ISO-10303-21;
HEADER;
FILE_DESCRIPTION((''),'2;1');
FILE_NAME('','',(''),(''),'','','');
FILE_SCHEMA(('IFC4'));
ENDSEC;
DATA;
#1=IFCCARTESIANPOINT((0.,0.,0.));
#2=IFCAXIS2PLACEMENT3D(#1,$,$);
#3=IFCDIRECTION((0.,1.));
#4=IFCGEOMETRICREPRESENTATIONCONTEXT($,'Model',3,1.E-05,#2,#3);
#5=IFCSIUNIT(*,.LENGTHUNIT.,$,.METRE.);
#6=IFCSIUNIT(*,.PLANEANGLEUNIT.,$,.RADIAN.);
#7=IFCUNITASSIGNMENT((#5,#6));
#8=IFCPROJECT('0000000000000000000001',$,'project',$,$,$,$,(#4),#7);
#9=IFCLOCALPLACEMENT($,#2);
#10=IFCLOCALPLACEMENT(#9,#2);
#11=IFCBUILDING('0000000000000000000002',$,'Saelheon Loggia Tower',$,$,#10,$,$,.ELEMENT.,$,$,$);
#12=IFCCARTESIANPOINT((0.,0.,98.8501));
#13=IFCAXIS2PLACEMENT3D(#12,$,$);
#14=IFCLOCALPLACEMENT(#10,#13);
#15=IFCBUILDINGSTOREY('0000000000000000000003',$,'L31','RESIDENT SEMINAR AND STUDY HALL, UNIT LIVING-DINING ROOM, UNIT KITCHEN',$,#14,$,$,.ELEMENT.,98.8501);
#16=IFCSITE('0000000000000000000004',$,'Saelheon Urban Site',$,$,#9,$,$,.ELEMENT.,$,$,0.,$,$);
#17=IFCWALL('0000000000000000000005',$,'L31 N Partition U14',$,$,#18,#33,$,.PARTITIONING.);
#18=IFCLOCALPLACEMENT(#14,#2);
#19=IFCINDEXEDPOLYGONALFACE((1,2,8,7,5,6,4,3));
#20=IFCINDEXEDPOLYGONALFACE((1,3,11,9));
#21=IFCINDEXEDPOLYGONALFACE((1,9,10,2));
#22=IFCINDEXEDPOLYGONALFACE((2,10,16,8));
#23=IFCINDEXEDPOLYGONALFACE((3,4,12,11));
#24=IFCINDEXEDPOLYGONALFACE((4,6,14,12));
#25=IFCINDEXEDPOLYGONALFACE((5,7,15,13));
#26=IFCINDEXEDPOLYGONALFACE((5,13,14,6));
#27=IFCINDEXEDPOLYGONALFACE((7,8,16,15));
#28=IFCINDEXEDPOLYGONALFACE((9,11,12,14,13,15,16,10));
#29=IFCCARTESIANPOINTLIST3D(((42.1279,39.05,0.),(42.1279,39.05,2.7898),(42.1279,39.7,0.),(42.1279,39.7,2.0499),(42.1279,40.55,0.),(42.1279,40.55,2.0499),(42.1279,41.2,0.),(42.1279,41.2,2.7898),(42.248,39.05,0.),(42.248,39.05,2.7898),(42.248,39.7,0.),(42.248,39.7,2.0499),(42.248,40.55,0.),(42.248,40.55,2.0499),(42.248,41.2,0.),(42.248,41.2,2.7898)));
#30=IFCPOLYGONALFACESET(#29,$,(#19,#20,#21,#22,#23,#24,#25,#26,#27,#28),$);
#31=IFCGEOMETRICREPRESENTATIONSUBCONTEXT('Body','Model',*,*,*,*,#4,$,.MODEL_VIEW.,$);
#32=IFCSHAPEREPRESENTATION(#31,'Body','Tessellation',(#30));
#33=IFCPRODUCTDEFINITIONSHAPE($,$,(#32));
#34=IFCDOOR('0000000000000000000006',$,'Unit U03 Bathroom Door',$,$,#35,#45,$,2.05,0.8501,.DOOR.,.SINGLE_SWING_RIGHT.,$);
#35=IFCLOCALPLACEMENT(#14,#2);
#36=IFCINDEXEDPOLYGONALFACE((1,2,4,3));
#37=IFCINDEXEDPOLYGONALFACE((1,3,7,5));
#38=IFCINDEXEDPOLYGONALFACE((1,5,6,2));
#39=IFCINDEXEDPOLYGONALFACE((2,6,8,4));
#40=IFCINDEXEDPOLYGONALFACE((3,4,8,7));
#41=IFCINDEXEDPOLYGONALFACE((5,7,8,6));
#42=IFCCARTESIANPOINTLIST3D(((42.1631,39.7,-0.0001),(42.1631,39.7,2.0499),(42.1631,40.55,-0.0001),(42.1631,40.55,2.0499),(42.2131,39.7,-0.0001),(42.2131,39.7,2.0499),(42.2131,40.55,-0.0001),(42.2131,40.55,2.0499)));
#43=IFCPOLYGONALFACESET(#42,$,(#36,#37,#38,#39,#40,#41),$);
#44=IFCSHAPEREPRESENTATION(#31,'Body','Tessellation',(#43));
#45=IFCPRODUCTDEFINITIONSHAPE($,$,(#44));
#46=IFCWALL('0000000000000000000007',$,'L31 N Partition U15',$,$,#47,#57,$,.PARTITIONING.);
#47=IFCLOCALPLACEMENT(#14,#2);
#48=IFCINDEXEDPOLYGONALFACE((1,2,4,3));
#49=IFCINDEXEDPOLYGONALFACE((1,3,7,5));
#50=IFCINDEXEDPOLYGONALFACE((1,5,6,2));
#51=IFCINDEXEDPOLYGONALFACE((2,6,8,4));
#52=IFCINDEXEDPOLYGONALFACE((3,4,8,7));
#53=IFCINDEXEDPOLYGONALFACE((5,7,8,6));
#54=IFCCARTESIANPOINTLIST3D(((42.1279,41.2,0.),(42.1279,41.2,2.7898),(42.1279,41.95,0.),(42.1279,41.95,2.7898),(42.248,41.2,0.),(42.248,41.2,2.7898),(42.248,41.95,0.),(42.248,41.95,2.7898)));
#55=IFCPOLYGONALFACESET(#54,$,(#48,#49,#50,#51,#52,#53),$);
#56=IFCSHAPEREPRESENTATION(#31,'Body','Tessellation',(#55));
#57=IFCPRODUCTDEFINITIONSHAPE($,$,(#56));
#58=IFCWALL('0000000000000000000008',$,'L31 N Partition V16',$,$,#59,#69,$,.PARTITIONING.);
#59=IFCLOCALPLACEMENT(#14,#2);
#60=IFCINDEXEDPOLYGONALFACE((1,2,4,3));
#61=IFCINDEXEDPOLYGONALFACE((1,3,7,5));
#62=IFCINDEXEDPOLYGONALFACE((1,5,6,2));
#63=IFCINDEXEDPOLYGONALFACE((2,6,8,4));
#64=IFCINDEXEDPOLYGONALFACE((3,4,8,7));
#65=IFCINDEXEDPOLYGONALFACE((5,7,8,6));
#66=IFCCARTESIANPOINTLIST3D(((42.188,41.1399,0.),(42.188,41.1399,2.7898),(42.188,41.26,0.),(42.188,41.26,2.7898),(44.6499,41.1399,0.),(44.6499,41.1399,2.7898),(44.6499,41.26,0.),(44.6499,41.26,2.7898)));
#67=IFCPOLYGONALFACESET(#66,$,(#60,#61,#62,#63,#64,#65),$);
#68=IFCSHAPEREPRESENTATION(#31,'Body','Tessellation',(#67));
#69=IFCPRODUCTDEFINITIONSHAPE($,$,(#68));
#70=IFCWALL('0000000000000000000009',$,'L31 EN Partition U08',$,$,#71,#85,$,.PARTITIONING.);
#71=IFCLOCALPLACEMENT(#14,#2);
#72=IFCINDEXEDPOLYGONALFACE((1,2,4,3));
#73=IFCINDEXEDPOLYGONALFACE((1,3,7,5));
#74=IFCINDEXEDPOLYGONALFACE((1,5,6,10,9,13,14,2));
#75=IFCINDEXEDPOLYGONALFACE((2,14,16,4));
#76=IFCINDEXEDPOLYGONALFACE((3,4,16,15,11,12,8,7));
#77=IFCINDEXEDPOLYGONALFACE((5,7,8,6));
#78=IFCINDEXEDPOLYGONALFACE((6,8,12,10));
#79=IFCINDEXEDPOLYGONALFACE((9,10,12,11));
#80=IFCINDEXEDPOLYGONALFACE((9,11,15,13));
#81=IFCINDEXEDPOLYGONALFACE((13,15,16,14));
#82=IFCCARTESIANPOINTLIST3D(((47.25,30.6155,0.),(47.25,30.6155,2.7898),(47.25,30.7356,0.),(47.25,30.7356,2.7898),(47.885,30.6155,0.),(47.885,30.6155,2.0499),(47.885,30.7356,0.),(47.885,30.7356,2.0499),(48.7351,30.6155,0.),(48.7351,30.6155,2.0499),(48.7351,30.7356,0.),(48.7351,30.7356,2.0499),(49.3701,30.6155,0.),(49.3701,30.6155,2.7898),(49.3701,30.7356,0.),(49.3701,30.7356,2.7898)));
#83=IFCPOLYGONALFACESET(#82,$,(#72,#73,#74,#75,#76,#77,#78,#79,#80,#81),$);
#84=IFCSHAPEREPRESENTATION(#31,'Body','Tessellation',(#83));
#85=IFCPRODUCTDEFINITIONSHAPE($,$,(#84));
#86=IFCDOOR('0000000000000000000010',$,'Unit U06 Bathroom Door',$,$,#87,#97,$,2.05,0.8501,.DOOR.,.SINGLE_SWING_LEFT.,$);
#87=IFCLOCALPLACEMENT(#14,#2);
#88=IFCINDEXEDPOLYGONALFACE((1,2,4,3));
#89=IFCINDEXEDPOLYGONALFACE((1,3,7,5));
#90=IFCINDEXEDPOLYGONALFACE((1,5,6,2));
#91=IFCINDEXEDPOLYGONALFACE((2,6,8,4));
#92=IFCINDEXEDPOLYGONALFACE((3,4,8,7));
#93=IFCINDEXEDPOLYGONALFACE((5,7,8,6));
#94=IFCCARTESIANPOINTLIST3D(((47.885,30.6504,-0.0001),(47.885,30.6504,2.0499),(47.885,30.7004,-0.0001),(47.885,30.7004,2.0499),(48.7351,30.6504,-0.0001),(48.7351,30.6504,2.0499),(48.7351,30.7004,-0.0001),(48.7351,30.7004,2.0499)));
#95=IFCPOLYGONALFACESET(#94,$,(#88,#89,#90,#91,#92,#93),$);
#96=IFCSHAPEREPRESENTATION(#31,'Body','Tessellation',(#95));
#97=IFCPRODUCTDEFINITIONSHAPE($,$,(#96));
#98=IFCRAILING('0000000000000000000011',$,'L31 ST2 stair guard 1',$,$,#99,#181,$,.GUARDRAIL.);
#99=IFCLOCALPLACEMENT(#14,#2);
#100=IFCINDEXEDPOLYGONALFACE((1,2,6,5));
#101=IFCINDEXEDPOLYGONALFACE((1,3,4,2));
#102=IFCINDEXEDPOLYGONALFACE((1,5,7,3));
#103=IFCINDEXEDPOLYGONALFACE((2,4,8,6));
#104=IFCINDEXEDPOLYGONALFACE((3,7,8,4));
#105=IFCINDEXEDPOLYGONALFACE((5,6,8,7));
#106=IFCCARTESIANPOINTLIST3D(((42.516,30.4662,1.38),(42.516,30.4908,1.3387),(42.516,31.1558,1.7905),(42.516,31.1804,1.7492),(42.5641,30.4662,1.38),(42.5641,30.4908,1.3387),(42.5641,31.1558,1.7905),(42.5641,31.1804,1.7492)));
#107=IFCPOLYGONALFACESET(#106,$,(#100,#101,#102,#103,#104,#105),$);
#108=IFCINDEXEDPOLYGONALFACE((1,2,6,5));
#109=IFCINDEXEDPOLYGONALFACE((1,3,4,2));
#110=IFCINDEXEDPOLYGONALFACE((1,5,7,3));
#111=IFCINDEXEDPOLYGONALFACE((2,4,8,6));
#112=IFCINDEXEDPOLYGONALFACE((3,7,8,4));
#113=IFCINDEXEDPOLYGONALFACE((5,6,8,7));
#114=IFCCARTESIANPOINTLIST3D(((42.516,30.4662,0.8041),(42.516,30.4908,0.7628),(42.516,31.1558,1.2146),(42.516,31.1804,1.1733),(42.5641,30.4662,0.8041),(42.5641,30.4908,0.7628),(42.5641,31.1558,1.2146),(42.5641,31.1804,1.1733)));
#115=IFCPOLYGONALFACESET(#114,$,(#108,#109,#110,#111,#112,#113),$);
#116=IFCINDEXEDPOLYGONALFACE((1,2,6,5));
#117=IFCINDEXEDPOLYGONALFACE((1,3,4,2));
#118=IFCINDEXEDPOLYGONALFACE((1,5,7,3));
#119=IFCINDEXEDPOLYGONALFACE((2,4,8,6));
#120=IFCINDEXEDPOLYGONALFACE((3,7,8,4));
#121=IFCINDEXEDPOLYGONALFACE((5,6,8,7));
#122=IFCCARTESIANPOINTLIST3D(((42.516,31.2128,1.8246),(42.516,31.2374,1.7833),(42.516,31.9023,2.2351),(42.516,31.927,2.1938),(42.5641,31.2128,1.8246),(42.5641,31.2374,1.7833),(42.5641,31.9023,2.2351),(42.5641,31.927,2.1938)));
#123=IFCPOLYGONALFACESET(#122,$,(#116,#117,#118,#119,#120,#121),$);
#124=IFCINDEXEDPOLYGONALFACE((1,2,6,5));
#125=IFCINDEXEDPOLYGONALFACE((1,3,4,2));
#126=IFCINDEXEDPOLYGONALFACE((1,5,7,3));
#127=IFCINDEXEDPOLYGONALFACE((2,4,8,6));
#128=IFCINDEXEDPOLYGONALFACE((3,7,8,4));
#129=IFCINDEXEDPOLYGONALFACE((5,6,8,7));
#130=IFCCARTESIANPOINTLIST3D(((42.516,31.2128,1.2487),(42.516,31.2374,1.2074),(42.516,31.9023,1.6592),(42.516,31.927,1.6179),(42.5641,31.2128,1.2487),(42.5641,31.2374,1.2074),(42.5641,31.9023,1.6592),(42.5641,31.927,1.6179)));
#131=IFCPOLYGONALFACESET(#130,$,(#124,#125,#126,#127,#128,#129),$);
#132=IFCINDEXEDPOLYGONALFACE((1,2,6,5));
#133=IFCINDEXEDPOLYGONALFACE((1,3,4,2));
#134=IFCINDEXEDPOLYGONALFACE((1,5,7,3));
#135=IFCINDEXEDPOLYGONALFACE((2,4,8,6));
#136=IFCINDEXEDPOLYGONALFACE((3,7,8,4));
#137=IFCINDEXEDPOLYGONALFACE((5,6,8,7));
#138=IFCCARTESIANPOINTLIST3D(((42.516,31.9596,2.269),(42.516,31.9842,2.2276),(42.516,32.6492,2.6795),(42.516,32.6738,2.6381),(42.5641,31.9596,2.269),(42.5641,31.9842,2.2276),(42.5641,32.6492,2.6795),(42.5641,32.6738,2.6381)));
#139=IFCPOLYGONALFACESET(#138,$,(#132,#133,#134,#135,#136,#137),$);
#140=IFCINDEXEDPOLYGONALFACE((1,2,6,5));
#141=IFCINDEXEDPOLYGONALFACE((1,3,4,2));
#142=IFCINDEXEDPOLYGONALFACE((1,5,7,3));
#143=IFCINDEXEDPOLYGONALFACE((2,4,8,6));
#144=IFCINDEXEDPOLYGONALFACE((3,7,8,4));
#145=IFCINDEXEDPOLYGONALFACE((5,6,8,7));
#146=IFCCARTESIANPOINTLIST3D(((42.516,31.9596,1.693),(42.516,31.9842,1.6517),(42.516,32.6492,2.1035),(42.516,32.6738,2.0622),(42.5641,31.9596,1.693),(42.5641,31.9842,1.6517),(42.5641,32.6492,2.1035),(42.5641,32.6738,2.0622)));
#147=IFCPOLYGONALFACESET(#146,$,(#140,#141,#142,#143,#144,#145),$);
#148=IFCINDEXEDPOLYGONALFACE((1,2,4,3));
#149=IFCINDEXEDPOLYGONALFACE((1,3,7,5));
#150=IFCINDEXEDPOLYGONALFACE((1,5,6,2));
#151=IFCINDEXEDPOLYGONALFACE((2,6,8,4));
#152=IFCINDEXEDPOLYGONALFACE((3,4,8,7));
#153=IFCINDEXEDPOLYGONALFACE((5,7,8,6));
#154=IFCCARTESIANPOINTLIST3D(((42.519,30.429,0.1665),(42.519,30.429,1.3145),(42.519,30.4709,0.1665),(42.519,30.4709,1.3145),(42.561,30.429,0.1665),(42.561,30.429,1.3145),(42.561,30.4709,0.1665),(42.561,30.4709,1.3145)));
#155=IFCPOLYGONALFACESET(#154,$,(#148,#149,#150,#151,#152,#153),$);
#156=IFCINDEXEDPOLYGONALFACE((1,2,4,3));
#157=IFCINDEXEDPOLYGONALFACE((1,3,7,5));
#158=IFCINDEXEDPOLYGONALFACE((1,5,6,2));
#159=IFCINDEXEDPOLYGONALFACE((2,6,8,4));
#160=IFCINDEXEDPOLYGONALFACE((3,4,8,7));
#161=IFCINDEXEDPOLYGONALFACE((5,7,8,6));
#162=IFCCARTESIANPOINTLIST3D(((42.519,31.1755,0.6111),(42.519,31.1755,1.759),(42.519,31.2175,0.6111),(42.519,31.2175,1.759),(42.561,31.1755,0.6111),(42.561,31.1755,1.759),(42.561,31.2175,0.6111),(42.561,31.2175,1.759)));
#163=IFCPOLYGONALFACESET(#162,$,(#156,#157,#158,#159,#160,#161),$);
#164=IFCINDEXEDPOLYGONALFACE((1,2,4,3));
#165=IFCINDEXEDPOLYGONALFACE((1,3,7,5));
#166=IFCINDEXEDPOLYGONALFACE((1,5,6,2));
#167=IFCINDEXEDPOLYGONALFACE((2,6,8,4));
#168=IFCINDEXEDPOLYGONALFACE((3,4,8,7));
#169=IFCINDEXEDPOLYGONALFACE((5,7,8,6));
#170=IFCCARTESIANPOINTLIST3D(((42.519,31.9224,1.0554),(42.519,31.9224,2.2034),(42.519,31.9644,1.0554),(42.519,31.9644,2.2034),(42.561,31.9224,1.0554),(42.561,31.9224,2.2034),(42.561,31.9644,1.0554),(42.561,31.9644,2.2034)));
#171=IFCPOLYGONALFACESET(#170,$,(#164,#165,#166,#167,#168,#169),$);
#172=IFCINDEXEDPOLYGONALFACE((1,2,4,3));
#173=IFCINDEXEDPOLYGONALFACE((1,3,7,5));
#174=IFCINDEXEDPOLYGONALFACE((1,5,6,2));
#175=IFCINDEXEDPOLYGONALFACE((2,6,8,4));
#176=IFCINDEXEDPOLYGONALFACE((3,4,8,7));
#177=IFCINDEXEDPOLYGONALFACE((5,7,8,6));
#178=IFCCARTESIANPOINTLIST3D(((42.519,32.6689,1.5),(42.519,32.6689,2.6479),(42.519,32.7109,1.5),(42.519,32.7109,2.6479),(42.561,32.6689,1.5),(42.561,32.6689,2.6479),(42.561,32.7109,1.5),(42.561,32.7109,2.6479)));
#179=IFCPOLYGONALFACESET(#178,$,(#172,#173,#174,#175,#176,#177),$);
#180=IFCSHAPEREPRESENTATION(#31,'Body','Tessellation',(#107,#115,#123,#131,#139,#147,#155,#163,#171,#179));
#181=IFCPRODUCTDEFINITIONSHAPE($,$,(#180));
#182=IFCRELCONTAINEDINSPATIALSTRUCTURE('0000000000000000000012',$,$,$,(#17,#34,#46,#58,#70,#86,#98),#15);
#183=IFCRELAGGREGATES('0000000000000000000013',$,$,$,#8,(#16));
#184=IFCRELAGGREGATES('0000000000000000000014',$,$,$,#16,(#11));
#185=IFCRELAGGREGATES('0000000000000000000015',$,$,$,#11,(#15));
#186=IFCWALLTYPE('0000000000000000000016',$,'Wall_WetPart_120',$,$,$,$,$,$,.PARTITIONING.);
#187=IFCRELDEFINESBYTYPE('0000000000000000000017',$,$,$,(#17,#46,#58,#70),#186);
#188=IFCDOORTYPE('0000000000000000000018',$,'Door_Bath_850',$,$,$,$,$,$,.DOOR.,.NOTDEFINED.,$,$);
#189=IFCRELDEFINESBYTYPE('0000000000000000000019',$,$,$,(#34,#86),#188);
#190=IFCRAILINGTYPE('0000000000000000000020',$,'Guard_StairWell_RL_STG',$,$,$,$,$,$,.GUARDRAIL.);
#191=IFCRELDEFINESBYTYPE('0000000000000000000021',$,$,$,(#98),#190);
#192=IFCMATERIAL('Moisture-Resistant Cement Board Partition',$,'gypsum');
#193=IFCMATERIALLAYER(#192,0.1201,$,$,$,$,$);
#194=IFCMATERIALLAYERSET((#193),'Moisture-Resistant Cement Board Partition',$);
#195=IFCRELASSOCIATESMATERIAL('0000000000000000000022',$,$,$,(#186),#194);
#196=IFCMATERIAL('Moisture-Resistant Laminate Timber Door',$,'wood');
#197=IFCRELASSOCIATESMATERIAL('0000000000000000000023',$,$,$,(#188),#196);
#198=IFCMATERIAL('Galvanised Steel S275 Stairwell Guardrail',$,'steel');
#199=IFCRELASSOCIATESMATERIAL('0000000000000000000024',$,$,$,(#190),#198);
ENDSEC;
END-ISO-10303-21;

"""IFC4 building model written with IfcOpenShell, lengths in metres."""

from ifc_helpers import new_model, si_unit, direction, frame, frame_2d, origin, origin_2d, place, context, subcontext, project, spatial, rectangle, extrude, source, transform, mapped, material, layer, layer_set, type_object, element, fill, save


model = new_model("IFC4")

# Units and contexts
model_context = context("Model", 3, precision=1e-05, world=origin(), true_north=direction((0.0, 1.0)))
body_context = subcontext(model_context, "Body", "Model", "MODEL_VIEW")
ifc_project = project(units=[si_unit("LENGTHUNIT", "METRE"), si_unit("PLANEANGLEUNIT", "RADIAN")], contexts=[model_context])

# Site, building, storey
site_placement = place(None, origin())
site = spatial("IfcSite", under=ifc_project, at=site_placement, Name="Saelheon Urban Site", CompositionType="ELEMENT", RefElevation=0.0)
building_placement = place(site_placement, origin())
building = spatial("IfcBuilding", under=site, at=building_placement, Name="Saelheon Loggia Tower", CompositionType="ELEMENT")
storey_placement = place(building_placement, frame((0.0, 0.0, 98.8501)))
storey = spatial("IfcBuildingStorey", under=building, at=storey_placement, Name="L31", Description="RESIDENT SEMINAR AND STUDY HALL, UNIT LIVING-DINING ROOM, UNIT KITCHEN", CompositionType="ELEMENT", Elevation=98.8501)

# Wall, opening, door
ifc_material_1 = material(Name="Moisture-Resistant Cement Board Partition", Category="gypsum")
ifc_layer_1 = layer(ifc_material_1, 0.1201)
ifc_layer_set_1 = layer_set([ifc_layer_1], Name="Moisture-Resistant Cement Board Partition")
wall_type_1 = type_object("IfcWallType", Name="Wall_WetPart_120", PredefinedType="PARTITIONING", material=ifc_layer_set_1)
wall_1_placement = place(storey_placement, frame((42.188, 39.05, 0.0), z_axis=(0.0, 0.0, 1.0), x_axis=(0.0, 1.0, 0.0)))
wall_1 = element("IfcWall", 1, at=wall_1_placement, inside=storey, type_object=wall_type_1, Name="L31 N Partition U14", PredefinedType="PARTITIONING", context=body_context, shape_type="SweptSolid", body=[
    extrude(rectangle(XDim=2.1499, YDim=0.1201, at=frame_2d((1.075, 0.0))), origin(), (0.0, 0.0, 1.0), 2.7898),
])
opening_1_placement = place(wall_1_placement, frame((0.6499, 0.0, 0.0)))
opening_1 = element("IfcOpeningElement", 2, at=opening_1_placement, cuts=wall_1, PredefinedType="OPENING", context=body_context, shape_type="SweptSolid", body=[
    extrude(rectangle(XDim=0.8501, YDim=2.05, at=frame_2d((0.425, 1.0249))), frame((0.0, 0.072, 0.0), z_axis=(0.0, -1.0, 0.0), x_axis=(1.0, 0.0, 0.0)), (0.0, 0.0, 1.0), 0.144),
])
ifc_material_2 = material(Name="Moisture-Resistant Laminate Timber Door", Category="wood")
door_type_1 = type_object("IfcDoorType", Name="Door_Bath_850", OperationType="NOTDEFINED", PredefinedType="DOOR", material=ifc_material_2)
shared_shape_1 = source(origin(), body_context, "Body", "SweptSolid", [
    extrude(rectangle(XDim=0.8501, YDim=2.05, at=frame_2d((0.425, 1.0249))), frame((0.0, 0.0249, 0.0), z_axis=(0.0, -1.0, 0.0), x_axis=(1.0, 0.0, 0.0)), (0.0, 0.0, 1.0), 0.05),
])
door_1_placement = place(opening_1_placement, origin())
door_1 = element("IfcDoor", 3, at=door_1_placement, inside=storey, type_object=door_type_1, Name="Unit U03 Bathroom Door", OperationType="SINGLE_SWING_RIGHT", OverallHeight=2.05, OverallWidth=0.8501, PredefinedType="DOOR", context=body_context, shape_type="MappedRepresentation", body=[
    mapped(shared_shape_1, transform((0.0, 0.0, 0.0), scale=1.0)),
])
fill(opening_1, door_1)

# Walls
wall_2_placement = place(storey_placement, frame((42.188, 41.2, 0.0), z_axis=(0.0, 0.0, 1.0), x_axis=(0.0, 1.0, 0.0)))
element("IfcWall", 4, at=wall_2_placement, inside=storey, type_object=wall_type_1, Name="L31 N Partition U15", PredefinedType="PARTITIONING", context=body_context, shape_type="SweptSolid", body=[
    extrude(rectangle(XDim=0.75, YDim=0.1201, at=frame_2d((0.375, 0.0))), origin(), (0.0, 0.0, 1.0), 2.7898),
])
wall_3_placement = place(storey_placement, frame((42.188, 41.2, 0.0), z_axis=(0.0, 0.0, 1.0), x_axis=(1.0, 0.0, 0.0)))
element("IfcWall", 5, at=wall_3_placement, inside=storey, type_object=wall_type_1, Name="L31 N Partition V16", PredefinedType="PARTITIONING", context=body_context, shape_type="SweptSolid", body=[
    extrude(rectangle(XDim=2.4619, YDim=0.1201, at=frame_2d((1.231, 0.0))), origin(), (0.0, 0.0, 1.0), 2.7898),
])

# Wall, opening, door
wall_4_placement = place(storey_placement, frame((47.25, 30.6755, 0.0), z_axis=(0.0, 0.0, 1.0), x_axis=(1.0, 0.0, 0.0)))
wall_4 = element("IfcWall", 6, at=wall_4_placement, inside=storey, type_object=wall_type_1, Name="L31 EN Partition U08", PredefinedType="PARTITIONING", context=body_context, shape_type="SweptSolid", body=[
    extrude(rectangle(XDim=2.1201, YDim=0.1201, at=frame_2d((1.0601, 0.0))), origin(), (0.0, 0.0, 1.0), 2.7898),
])
opening_2_placement = place(wall_4_placement, frame((0.635, 0.0, 0.0)))
opening_2 = element("IfcOpeningElement", 7, at=opening_2_placement, cuts=wall_4, PredefinedType="OPENING", context=body_context, shape_type="SweptSolid", body=[
    extrude(rectangle(XDim=0.8501, YDim=2.05, at=frame_2d((0.425, 1.0249))), frame((0.0, 0.072, 0.0), z_axis=(0.0, -1.0, 0.0), x_axis=(1.0, 0.0, 0.0)), (0.0, 0.0, 1.0), 0.144),
])
door_2_placement = place(opening_2_placement, origin())
door_2 = element("IfcDoor", 8, at=door_2_placement, inside=storey, type_object=door_type_1, Name="Unit U06 Bathroom Door", OperationType="SINGLE_SWING_LEFT", OverallHeight=2.05, OverallWidth=0.8501, PredefinedType="DOOR", context=body_context, shape_type="MappedRepresentation", body=[
    mapped(shared_shape_1, transform((0.0, 0.0, 0.0), scale=1.0)),
])
fill(opening_2, door_2)

# Railing
ifc_material_3 = material(Name="Galvanised Steel S275 Stairwell Guardrail", Category="steel")
railing_type_1 = type_object("IfcRailingType", Name="Guard_StairWell_RL_STG", PredefinedType="GUARDRAIL", material=ifc_material_3)
railing_1_placement = place(storey_placement, frame((42.54, 30.45, 0.1665)))
element("IfcRailing", 9, at=railing_1_placement, inside=storey, type_object=railing_type_1, Name="L31 ST2 stair guard 1", PredefinedType="GUARDRAIL", context=body_context, shape_type="SweptSolid", body=[
    extrude(rectangle(XDim=0.0481, YDim=0.0481, at=origin_2d()), frame((0.0, 0.0286, 1.1929), z_axis=(0.0, 0.859264, 0.511532), x_axis=(-1.0, 0.0, 0.0)), (0.0, 0.0, 1.0), 0.8025),
    extrude(rectangle(XDim=0.0481, YDim=0.0481, at=origin_2d()), frame((0.0, 0.0286, 0.6169), z_axis=(0.0, 0.859264, 0.511532), x_axis=(-1.0, 0.0, 0.0)), (0.0, 0.0, 1.0), 0.8025),
    extrude(rectangle(XDim=0.0481, YDim=0.0481, at=origin_2d()), frame((0.0, 0.7751, 1.6375), z_axis=(0.0, 0.859264, 0.511532), x_axis=(-1.0, 0.0, 0.0)), (0.0, 0.0, 1.0), 0.8025),
    extrude(rectangle(XDim=0.0481, YDim=0.0481, at=origin_2d()), frame((0.0, 0.7751, 1.0615), z_axis=(0.0, 0.859264, 0.511532), x_axis=(-1.0, 0.0, 0.0)), (0.0, 0.0, 1.0), 0.8025),
    extrude(rectangle(XDim=0.0481, YDim=0.0481, at=origin_2d()), frame((0.0, 1.522, 2.0818), z_axis=(0.0, 0.859264, 0.511532), x_axis=(-1.0, 0.0, 0.0)), (0.0, 0.0, 1.0), 0.8025),
    extrude(rectangle(XDim=0.0481, YDim=0.0481, at=origin_2d()), frame((0.0, 1.522, 1.5059), z_axis=(0.0, 0.859264, 0.511532), x_axis=(-1.0, 0.0, 0.0)), (0.0, 0.0, 1.0), 0.8025),
    extrude(rectangle(XDim=0.042, YDim=0.042, at=origin_2d()), origin(), (0.0, 0.0, 1.0), 1.1479),
    extrude(rectangle(XDim=0.042, YDim=0.042, at=origin_2d()), frame((0.0, 0.7466, 0.4446)), (0.0, 0.0, 1.0), 1.1479),
    extrude(rectangle(XDim=0.042, YDim=0.042, at=origin_2d()), frame((0.0, 1.4934, 0.8889)), (0.0, 0.0, 1.0), 1.1479),
    extrude(rectangle(XDim=0.042, YDim=0.042, at=origin_2d()), frame((0.0, 2.24, 1.3335)), (0.0, 0.0, 1.0), 1.1479),
])

save(model, "model.ifc")
